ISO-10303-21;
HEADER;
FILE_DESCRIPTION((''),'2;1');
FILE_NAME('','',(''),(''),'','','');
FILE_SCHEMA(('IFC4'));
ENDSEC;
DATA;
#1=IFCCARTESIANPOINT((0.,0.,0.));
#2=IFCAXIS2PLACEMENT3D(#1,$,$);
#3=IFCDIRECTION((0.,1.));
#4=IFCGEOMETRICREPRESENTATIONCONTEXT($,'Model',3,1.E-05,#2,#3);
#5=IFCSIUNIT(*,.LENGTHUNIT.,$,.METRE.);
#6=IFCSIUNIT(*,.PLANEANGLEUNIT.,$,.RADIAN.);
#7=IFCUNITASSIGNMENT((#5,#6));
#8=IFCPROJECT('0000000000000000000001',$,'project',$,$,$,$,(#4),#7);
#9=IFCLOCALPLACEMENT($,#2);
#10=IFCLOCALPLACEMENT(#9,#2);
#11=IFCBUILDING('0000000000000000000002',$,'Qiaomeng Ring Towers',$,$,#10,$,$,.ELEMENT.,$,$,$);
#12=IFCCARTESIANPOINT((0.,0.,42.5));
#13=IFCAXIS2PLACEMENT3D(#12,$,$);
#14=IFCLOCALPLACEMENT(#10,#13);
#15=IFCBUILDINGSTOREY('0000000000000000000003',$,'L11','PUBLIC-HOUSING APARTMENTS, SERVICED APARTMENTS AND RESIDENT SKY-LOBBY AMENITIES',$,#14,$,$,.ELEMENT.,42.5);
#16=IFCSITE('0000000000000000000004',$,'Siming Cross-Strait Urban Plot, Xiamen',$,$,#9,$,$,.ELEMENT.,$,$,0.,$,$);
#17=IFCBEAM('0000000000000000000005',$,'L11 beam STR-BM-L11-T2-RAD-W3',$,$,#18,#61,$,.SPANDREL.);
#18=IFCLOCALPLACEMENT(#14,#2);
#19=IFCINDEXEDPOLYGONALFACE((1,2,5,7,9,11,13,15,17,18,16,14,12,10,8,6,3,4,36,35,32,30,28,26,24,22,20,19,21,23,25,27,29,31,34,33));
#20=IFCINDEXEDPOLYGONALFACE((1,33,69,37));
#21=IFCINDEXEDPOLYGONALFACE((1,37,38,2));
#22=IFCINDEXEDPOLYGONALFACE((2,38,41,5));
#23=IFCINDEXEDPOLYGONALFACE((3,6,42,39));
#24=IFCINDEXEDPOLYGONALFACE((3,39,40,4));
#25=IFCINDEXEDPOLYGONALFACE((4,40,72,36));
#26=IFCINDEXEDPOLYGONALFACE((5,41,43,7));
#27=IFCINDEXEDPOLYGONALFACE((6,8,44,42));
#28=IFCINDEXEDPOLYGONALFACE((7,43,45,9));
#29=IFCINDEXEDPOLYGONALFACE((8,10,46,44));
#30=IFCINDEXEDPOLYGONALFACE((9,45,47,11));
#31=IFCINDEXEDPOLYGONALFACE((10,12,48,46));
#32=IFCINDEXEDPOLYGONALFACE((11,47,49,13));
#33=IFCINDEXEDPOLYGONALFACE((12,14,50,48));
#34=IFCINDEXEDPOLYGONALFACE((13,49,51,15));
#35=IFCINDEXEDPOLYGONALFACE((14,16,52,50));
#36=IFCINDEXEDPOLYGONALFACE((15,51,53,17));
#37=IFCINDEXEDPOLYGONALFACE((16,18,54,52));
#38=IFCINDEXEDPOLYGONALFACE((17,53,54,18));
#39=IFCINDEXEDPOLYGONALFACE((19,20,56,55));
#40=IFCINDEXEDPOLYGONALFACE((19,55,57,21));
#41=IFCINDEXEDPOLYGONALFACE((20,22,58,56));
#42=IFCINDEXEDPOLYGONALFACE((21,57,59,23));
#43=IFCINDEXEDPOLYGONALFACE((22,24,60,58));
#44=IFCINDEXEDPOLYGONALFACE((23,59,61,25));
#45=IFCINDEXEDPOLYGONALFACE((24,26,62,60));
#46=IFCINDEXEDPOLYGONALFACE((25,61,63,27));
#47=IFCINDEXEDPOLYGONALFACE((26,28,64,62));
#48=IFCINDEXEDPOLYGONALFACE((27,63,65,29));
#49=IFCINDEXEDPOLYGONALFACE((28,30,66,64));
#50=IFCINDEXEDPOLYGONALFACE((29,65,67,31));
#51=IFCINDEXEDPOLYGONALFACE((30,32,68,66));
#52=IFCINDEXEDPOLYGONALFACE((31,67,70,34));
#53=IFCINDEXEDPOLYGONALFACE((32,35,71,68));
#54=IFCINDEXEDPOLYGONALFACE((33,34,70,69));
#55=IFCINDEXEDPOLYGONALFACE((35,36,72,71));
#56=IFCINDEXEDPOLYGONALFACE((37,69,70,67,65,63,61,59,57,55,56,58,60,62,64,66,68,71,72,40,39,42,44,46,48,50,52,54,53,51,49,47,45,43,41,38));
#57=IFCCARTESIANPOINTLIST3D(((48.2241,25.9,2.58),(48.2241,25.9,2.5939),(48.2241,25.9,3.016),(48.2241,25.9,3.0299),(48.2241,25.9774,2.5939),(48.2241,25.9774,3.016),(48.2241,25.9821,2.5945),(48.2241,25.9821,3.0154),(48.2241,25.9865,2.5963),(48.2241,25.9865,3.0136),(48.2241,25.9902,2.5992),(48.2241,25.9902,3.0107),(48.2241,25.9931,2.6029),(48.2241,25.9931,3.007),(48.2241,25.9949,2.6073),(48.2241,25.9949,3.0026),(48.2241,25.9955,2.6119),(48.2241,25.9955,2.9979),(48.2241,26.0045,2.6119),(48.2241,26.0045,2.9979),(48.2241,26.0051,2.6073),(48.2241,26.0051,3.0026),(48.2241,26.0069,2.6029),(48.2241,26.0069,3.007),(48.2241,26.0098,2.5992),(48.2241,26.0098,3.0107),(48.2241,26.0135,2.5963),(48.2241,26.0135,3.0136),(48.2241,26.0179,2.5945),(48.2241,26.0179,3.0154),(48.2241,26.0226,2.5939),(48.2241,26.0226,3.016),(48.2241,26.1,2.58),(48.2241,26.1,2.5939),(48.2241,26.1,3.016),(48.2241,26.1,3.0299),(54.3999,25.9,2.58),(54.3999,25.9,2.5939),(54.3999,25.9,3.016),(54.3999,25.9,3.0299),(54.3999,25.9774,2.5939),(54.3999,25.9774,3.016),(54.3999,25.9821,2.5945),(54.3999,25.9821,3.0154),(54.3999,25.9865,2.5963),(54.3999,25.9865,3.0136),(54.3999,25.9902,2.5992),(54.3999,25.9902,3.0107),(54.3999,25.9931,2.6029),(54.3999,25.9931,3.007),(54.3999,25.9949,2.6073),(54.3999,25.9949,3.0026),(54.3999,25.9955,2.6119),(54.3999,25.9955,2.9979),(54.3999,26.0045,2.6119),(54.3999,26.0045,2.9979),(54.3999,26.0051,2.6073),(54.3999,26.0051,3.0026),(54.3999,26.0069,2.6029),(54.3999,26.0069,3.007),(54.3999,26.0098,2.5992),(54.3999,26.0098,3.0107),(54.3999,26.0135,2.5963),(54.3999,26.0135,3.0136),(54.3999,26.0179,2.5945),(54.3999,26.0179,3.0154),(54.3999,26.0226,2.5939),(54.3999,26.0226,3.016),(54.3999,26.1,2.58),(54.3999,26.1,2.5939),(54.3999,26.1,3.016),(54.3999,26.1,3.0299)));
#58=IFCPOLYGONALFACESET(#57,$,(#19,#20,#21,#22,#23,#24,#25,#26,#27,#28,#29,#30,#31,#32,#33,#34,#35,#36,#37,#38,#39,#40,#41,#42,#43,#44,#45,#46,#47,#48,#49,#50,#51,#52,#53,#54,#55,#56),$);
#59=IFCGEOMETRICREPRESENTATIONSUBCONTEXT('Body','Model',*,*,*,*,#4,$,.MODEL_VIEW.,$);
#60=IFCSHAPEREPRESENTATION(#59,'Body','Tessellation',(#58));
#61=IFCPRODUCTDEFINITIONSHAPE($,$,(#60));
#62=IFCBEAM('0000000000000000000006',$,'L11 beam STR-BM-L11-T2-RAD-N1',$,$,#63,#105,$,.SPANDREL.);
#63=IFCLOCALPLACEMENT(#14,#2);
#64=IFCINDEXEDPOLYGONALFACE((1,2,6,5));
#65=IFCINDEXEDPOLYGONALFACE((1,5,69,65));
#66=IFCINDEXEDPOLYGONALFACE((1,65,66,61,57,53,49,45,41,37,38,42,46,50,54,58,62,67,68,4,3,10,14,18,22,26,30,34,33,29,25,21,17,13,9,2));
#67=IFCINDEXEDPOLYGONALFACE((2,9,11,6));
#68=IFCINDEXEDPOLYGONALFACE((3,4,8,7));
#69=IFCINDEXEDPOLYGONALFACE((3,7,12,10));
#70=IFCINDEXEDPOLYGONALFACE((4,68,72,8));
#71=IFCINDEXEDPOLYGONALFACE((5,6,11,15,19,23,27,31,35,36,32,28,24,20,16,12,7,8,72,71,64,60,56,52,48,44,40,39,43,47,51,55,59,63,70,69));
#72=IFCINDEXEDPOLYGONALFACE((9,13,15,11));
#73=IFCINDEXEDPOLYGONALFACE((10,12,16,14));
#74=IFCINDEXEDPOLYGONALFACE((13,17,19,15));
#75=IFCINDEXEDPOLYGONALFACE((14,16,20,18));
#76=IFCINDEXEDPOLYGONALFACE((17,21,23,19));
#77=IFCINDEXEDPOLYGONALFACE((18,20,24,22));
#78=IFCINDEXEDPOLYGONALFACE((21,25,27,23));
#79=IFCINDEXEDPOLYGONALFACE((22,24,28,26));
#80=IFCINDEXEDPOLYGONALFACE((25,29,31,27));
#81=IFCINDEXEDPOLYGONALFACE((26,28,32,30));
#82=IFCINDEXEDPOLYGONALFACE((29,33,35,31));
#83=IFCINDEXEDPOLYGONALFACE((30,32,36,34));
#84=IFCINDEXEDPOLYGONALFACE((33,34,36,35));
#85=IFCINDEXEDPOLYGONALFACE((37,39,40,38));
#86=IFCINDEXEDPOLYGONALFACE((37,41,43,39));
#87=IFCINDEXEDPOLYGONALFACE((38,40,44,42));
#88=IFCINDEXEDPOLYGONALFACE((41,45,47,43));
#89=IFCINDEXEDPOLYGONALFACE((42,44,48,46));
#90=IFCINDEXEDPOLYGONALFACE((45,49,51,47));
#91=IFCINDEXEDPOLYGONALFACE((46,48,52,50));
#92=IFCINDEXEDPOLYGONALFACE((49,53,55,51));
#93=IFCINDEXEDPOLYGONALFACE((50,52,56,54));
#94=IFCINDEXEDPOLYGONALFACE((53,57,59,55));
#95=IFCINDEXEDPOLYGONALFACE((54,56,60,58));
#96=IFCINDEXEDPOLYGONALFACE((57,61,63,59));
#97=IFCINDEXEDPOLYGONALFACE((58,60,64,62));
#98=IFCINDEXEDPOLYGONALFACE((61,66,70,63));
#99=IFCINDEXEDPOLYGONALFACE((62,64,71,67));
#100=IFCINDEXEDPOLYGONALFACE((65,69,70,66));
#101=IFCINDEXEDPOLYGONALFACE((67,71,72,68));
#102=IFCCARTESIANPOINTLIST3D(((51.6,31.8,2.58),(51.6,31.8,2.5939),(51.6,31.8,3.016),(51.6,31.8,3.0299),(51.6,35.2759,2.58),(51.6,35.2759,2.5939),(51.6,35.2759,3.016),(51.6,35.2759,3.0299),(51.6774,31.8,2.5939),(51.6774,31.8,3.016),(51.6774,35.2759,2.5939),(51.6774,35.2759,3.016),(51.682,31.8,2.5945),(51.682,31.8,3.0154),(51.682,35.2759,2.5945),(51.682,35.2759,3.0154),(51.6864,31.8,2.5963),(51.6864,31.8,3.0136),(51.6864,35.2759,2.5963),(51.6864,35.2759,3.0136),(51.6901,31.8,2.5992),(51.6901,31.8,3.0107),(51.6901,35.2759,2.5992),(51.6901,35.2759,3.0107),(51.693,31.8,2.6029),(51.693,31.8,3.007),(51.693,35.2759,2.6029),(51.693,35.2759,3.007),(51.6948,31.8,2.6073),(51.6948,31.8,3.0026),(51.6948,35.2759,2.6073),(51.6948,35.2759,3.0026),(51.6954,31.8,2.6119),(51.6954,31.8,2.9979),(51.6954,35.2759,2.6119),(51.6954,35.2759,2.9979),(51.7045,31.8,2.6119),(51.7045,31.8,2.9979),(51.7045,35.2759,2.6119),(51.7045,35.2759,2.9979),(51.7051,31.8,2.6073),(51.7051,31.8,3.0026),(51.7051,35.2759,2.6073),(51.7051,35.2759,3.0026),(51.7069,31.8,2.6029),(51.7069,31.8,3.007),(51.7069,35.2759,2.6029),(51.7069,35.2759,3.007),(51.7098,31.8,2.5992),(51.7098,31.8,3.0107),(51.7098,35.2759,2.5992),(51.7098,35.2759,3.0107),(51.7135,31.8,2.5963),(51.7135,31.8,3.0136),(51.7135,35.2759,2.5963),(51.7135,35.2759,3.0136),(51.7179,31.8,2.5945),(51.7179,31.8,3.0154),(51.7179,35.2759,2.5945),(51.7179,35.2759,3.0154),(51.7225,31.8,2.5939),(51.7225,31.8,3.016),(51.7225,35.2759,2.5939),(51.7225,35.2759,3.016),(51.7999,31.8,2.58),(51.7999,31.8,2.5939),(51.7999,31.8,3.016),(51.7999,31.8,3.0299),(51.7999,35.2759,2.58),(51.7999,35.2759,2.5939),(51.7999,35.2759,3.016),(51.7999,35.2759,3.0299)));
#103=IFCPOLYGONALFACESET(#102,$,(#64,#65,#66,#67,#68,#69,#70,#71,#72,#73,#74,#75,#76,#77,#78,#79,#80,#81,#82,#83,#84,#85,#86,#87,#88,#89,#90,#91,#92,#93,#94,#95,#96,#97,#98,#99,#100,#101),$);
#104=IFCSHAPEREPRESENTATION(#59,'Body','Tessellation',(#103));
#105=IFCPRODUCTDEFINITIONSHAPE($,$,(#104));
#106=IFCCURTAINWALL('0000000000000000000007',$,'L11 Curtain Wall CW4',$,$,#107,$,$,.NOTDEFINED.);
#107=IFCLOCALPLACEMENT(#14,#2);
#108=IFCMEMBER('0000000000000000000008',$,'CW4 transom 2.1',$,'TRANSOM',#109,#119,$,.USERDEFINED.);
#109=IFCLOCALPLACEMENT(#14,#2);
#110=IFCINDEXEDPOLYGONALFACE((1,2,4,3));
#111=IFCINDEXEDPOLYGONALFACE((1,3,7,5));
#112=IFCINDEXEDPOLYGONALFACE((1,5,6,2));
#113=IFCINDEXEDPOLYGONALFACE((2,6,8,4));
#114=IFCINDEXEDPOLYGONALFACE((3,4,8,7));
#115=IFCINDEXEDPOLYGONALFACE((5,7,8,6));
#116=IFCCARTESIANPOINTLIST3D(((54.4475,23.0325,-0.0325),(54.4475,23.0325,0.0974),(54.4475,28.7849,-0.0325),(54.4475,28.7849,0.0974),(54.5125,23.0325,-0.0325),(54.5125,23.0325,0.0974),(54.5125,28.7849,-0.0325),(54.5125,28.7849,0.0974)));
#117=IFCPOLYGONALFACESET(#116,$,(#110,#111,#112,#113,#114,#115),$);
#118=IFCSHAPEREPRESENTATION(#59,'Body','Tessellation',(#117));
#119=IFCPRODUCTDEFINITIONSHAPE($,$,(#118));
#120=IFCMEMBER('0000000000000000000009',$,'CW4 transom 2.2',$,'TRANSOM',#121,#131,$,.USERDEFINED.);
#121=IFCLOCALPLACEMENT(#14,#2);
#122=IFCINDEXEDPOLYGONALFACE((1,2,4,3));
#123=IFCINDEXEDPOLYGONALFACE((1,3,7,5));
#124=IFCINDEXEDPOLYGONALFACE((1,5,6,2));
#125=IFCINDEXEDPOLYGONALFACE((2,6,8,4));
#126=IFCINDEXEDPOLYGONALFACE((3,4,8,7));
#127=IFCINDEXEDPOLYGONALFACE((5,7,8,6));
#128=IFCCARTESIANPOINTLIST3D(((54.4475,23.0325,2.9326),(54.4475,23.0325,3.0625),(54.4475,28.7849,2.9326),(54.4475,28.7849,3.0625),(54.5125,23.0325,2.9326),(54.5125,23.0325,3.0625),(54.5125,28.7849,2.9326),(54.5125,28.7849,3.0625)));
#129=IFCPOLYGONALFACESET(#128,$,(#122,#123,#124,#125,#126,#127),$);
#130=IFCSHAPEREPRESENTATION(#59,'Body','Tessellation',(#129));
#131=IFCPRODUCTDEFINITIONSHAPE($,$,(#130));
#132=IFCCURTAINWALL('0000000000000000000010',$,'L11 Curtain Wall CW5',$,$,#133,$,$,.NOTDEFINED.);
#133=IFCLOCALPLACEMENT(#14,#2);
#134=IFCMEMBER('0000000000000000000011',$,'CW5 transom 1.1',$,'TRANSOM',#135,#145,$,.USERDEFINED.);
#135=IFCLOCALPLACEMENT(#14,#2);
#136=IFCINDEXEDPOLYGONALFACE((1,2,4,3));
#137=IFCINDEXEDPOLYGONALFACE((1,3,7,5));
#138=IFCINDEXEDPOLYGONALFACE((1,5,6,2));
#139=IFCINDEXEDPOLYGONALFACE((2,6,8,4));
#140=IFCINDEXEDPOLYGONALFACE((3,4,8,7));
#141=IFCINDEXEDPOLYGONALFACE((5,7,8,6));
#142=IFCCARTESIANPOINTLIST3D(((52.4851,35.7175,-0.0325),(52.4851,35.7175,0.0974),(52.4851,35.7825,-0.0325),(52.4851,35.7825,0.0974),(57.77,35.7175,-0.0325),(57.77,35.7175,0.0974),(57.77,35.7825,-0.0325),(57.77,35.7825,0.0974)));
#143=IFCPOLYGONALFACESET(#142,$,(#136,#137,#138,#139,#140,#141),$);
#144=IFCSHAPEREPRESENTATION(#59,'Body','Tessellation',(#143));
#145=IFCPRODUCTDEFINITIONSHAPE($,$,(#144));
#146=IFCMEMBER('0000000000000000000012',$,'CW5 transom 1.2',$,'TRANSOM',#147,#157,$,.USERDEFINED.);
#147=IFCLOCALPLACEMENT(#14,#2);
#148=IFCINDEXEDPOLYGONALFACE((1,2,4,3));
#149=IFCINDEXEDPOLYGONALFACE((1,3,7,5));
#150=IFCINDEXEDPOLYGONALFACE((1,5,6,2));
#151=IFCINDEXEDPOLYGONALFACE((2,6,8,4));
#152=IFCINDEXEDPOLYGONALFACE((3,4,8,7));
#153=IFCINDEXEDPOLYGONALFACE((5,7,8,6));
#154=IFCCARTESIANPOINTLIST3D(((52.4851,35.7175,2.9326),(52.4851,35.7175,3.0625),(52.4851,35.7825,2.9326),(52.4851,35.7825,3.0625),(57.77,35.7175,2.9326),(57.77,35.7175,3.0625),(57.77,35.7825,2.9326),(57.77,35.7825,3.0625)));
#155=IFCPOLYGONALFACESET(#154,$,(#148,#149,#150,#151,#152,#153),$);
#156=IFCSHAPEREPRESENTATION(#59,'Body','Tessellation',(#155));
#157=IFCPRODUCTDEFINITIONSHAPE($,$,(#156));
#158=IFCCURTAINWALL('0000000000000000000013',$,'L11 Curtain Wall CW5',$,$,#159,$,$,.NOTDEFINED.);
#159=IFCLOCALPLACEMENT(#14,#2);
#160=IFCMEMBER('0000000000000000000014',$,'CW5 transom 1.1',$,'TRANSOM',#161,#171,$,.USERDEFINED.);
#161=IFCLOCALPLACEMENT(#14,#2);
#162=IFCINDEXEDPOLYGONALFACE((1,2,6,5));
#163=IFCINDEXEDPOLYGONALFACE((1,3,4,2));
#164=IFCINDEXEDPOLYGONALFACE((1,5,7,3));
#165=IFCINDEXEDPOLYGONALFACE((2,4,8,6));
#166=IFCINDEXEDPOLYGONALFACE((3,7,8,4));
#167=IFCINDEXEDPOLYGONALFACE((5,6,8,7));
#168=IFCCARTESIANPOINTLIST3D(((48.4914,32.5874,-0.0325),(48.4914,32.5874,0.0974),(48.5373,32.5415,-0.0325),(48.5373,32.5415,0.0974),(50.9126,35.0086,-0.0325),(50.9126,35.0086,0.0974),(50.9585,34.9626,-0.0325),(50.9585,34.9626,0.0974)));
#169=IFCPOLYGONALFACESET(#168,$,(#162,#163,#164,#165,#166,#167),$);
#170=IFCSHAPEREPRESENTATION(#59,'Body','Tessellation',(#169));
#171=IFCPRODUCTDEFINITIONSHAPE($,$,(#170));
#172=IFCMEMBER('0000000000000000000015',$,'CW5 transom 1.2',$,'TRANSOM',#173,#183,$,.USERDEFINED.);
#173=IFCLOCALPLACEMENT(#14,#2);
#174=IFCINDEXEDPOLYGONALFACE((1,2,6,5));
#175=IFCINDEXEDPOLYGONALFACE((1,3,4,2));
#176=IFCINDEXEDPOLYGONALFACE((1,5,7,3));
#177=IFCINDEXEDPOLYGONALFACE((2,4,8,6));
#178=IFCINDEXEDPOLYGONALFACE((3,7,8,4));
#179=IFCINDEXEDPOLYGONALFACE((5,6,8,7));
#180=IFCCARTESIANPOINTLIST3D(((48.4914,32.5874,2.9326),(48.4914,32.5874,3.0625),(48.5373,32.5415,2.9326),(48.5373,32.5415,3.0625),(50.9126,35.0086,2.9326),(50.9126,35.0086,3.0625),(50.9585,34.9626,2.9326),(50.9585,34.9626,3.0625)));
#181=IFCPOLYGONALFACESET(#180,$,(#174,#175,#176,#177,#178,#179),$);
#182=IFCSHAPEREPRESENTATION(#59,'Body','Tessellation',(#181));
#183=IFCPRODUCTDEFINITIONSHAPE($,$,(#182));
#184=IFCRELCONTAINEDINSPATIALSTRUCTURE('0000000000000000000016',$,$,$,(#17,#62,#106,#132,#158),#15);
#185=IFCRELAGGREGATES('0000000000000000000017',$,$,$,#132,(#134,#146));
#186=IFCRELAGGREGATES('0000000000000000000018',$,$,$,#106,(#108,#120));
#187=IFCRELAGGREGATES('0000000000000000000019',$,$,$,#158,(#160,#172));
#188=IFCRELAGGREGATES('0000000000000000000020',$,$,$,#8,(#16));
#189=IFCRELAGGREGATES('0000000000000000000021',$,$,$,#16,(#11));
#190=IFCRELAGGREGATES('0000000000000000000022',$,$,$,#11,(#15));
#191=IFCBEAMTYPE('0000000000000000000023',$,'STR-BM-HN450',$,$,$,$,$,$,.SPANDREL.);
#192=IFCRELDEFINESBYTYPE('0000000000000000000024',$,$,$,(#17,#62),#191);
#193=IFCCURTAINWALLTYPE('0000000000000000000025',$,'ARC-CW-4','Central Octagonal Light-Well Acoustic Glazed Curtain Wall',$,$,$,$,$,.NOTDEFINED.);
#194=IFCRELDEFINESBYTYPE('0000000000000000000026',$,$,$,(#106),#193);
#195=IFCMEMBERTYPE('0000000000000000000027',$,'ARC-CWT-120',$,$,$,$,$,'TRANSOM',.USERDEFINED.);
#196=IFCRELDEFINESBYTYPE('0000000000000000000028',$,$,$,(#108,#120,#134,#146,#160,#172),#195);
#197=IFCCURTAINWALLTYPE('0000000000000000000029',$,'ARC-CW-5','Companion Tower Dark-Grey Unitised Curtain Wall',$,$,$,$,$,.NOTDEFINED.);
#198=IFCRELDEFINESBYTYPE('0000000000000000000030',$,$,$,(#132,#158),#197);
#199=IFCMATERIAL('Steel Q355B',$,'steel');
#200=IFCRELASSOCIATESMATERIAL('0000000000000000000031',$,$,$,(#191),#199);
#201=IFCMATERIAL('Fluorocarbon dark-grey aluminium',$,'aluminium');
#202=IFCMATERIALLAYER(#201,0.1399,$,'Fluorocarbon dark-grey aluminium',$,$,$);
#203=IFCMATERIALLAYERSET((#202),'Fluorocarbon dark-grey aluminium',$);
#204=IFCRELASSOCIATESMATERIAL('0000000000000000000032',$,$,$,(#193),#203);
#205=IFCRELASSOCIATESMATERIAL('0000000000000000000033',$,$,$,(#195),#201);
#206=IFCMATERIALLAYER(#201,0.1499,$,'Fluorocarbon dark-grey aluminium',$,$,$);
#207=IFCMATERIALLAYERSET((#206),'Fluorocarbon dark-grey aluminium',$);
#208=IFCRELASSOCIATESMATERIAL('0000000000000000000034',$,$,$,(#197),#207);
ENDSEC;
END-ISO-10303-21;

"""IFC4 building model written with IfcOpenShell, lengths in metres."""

from ifc_helpers import new_model, si_unit, direction, frame, origin, origin_2d, place, context, subcontext, project, spatial, rectangle, i_section, extrude, source, transform, mapped, material, layer, layer_set, material_profile, profile_set, type_object, element, aggregate, save


model = new_model("IFC4")

# Units and contexts
model_context = context("Model", 3, precision=1e-05, world=origin(), true_north=direction((0.0, 1.0)))
body_context = subcontext(model_context, "Body", "Model", "MODEL_VIEW")
ifc_project = project(units=[si_unit("LENGTHUNIT", "METRE"), si_unit("PLANEANGLEUNIT", "RADIAN")], contexts=[model_context])

# Site, building, storey
site_placement = place(None, origin())
site = spatial("IfcSite", under=ifc_project, at=site_placement, Name="Siming Cross-Strait Urban Plot, Xiamen", CompositionType="ELEMENT", RefElevation=0.0)
building_placement = place(site_placement, origin())
building = spatial("IfcBuilding", under=site, at=building_placement, Name="Qiaomeng Ring Towers", CompositionType="ELEMENT")
storey_placement = place(building_placement, frame((0.0, 0.0, 42.5)))
storey = spatial("IfcBuildingStorey", under=building, at=storey_placement, Name="L11", Description="PUBLIC-HOUSING APARTMENTS, SERVICED APARTMENTS AND RESIDENT SKY-LOBBY AMENITIES", CompositionType="ELEMENT", Elevation=42.5)

# Beams
ifc_material_1 = material(Name="Steel Q355B", Category="steel")
ifc_material_profile_1 = material_profile(ifc_material_1, i_section(OverallWidth=0.2, OverallDepth=0.45, WebThickness=0.009, FlangeThickness=0.0139, FilletRadius=0.0181, at=origin_2d()), Name="HN 450x200x9x14")
ifc_profile_set_1 = profile_set([ifc_material_profile_1], Name="Steel Q355B")
beam_type_1 = type_object("IfcBeamType", Name="STR-BM-HN450", PredefinedType="SPANDREL", material=ifc_profile_set_1)
shared_shape_1 = source(origin(), body_context, "Body", "SweptSolid", [
    extrude(i_section(OverallWidth=0.2, OverallDepth=0.45, WebThickness=0.009, FlangeThickness=0.0139, FilletRadius=0.0181, at=origin_2d()), origin(), (0.0, 0.0, 1.0), 6.1758),
])
beam_1_placement = place(storey_placement, frame((48.2241, 26.0, 2.8049), z_axis=(1.0, 0.0, 0.0), x_axis=(0.0, 1.0, 0.0)))
element("IfcBeam", 1, at=beam_1_placement, inside=storey, type_object=beam_type_1, Name="L11 beam STR-BM-L11-T2-RAD-W3", PredefinedType="SPANDREL", context=body_context, shape_type="MappedRepresentation", body=[
    mapped(shared_shape_1, transform((0.0, 0.0, 0.0), x_axis=(1.0, 0.0, 0.0), y_axis=(0.0, 1.0, 0.0), z_axis=(0.0, 0.0, 1.0), scale=1.0)),
])
shared_shape_2 = source(origin(), body_context, "Body", "SweptSolid", [
    extrude(i_section(OverallWidth=0.2, OverallDepth=0.45, WebThickness=0.009, FlangeThickness=0.0139, FilletRadius=0.0181, at=origin_2d()), origin(), (0.0, 0.0, 1.0), 3.4758),
])
beam_2_placement = place(storey_placement, frame((51.7, 35.2759, 2.8049), z_axis=(0.0, -1.0, 0.0), x_axis=(1.0, 0.0, 0.0)))
element("IfcBeam", 2, at=beam_2_placement, inside=storey, type_object=beam_type_1, Name="L11 beam STR-BM-L11-T2-RAD-N1", PredefinedType="SPANDREL", context=body_context, shape_type="MappedRepresentation", body=[
    mapped(shared_shape_2, transform((0.0, 0.0, 0.0), x_axis=(1.0, 0.0, 0.0), y_axis=(0.0, 1.0, 0.0), z_axis=(0.0, 0.0, 1.0), scale=1.0)),
])

# Curtain walls, members
ifc_material_2 = material(Name="Fluorocarbon dark-grey aluminium", Category="aluminium")
ifc_layer_1 = layer(ifc_material_2, 0.1399, Name="Fluorocarbon dark-grey aluminium")
ifc_layer_set_1 = layer_set([ifc_layer_1], Name="Fluorocarbon dark-grey aluminium")
curtain_wall_type_1 = type_object("IfcCurtainWallType", Name="ARC-CW-4", Description="Central Octagonal Light-Well Acoustic Glazed Curtain Wall", PredefinedType="NOTDEFINED", material=ifc_layer_set_1)
curtain_wall_1_placement = place(storey_placement, origin())
curtain_wall_1 = element("IfcCurtainWall", 3, at=curtain_wall_1_placement, inside=storey, type_object=curtain_wall_type_1, Name="L11 Curtain Wall CW4", PredefinedType="NOTDEFINED")
ifc_material_profile_2 = material_profile(ifc_material_2, rectangle(XDim=0.0649, YDim=0.1299, at=origin_2d()), Name="ALU TRAN 65x130")
ifc_profile_set_2 = profile_set([ifc_material_profile_2], Name="Fluorocarbon dark-grey aluminium")
member_type_1 = type_object("IfcMemberType", Name="ARC-CWT-120", ElementType="TRANSOM", PredefinedType="USERDEFINED", material=ifc_profile_set_2)
shared_shape_3 = source(origin(), body_context, "Body", "SweptSolid", [
    extrude(rectangle(XDim=0.0649, YDim=0.1299, at=origin_2d()), origin(), (0.0, 0.0, 1.0), 5.7524),
])
member_1_placement = place(storey_placement, frame((54.48, 23.0325, 0.0325), z_axis=(0.0, 1.0, 0.0), x_axis=(-1.0, 0.0, 0.0)))
member_1 = element("IfcMember", 4, at=member_1_placement, type_object=member_type_1, Name="CW4 transom 2.1", ObjectType="TRANSOM", PredefinedType="USERDEFINED", context=body_context, shape_type="MappedRepresentation", body=[
    mapped(shared_shape_3, transform((0.0, 0.0, 0.0), x_axis=(1.0, 0.0, 0.0), y_axis=(0.0, 1.0, 0.0), z_axis=(0.0, 0.0, 1.0), scale=1.0)),
])
member_2_placement = place(storey_placement, frame((54.48, 23.0325, 2.9976), z_axis=(0.0, 1.0, 0.0), x_axis=(-1.0, 0.0, 0.0)))
member_2 = element("IfcMember", 5, at=member_2_placement, type_object=member_type_1, Name="CW4 transom 2.2", ObjectType="TRANSOM", PredefinedType="USERDEFINED", context=body_context, shape_type="MappedRepresentation", body=[
    mapped(shared_shape_3, transform((0.0, 0.0, 0.0), x_axis=(1.0, 0.0, 0.0), y_axis=(0.0, 1.0, 0.0), z_axis=(0.0, 0.0, 1.0), scale=1.0)),
])
ifc_layer_2 = layer(ifc_material_2, 0.1499, Name="Fluorocarbon dark-grey aluminium")
ifc_layer_set_2 = layer_set([ifc_layer_2], Name="Fluorocarbon dark-grey aluminium")
curtain_wall_type_2 = type_object("IfcCurtainWallType", Name="ARC-CW-5", Description="Companion Tower Dark-Grey Unitised Curtain Wall", PredefinedType="NOTDEFINED", material=ifc_layer_set_2)
curtain_wall_2_placement = place(storey_placement, origin())
curtain_wall_2 = element("IfcCurtainWall", 6, at=curtain_wall_2_placement, inside=storey, type_object=curtain_wall_type_2, Name="L11 Curtain Wall CW5", PredefinedType="NOTDEFINED")
shared_shape_4 = source(origin(), body_context, "Body", "SweptSolid", [
    extrude(rectangle(XDim=0.0649, YDim=0.1299, at=origin_2d()), origin(), (0.0, 0.0, 1.0), 5.2849),
])
member_3_placement = place(storey_placement, frame((52.4851, 35.75, 0.0325), z_axis=(1.0, 0.0, 0.0), x_axis=(0.0, 1.0, 0.0)))
member_3 = element("IfcMember", 7, at=member_3_placement, type_object=member_type_1, Name="CW5 transom 1.1", ObjectType="TRANSOM", PredefinedType="USERDEFINED", context=body_context, shape_type="MappedRepresentation", body=[
    mapped(shared_shape_4, transform((0.0, 0.0, 0.0), x_axis=(1.0, 0.0, 0.0), y_axis=(0.0, 1.0, 0.0), z_axis=(0.0, 0.0, 1.0), scale=1.0)),
])
member_4_placement = place(storey_placement, frame((52.4851, 35.75, 2.9976), z_axis=(1.0, 0.0, 0.0), x_axis=(0.0, 1.0, 0.0)))
member_4 = element("IfcMember", 8, at=member_4_placement, type_object=member_type_1, Name="CW5 transom 1.2", ObjectType="TRANSOM", PredefinedType="USERDEFINED", context=body_context, shape_type="MappedRepresentation", body=[
    mapped(shared_shape_4, transform((0.0, 0.0, 0.0), x_axis=(1.0, 0.0, 0.0), y_axis=(0.0, 1.0, 0.0), z_axis=(0.0, 0.0, 1.0), scale=1.0)),
])
curtain_wall_3_placement = place(storey_placement, origin())
curtain_wall_3 = element("IfcCurtainWall", 9, at=curtain_wall_3_placement, inside=storey, type_object=curtain_wall_type_2, Name="L11 Curtain Wall CW5", PredefinedType="NOTDEFINED")
shared_shape_5 = source(origin(), body_context, "Body", "SweptSolid", [
    extrude(rectangle(XDim=0.0649, YDim=0.1299, at=origin_2d()), origin(), (0.0, 0.0, 1.0), 3.4241),
])
member_5_placement = place(storey_placement, frame((50.9355, 34.9856, 0.0325), z_axis=(-0.707107, -0.707107, 0.0), x_axis=(0.707107, -0.707107, 0.0)))
member_5 = element("IfcMember", 10, at=member_5_placement, type_object=member_type_1, Name="CW5 transom 1.1", ObjectType="TRANSOM", PredefinedType="USERDEFINED", context=body_context, shape_type="MappedRepresentation", body=[
    mapped(shared_shape_5, transform((0.0, 0.0, 0.0), x_axis=(1.0, 0.0, 0.0), y_axis=(0.0, 1.0, 0.0), z_axis=(0.0, 0.0, 1.0), scale=1.0)),
])
member_6_placement = place(storey_placement, frame((50.9355, 34.9856, 2.9976), z_axis=(-0.707107, -0.707107, 0.0), x_axis=(0.707107, -0.707107, 0.0)))
member_6 = element("IfcMember", 11, at=member_6_placement, type_object=member_type_1, Name="CW5 transom 1.2", ObjectType="TRANSOM", PredefinedType="USERDEFINED", context=body_context, shape_type="MappedRepresentation", body=[
    mapped(shared_shape_5, transform((0.0, 0.0, 0.0), x_axis=(1.0, 0.0, 0.0), y_axis=(0.0, 1.0, 0.0), z_axis=(0.0, 0.0, 1.0), scale=1.0)),
])

aggregate(curtain_wall_2, [member_3, member_4])

aggregate(curtain_wall_1, [member_1, member_2])
aggregate(curtain_wall_3, [member_5, member_6])

save(model, "model.ifc")
